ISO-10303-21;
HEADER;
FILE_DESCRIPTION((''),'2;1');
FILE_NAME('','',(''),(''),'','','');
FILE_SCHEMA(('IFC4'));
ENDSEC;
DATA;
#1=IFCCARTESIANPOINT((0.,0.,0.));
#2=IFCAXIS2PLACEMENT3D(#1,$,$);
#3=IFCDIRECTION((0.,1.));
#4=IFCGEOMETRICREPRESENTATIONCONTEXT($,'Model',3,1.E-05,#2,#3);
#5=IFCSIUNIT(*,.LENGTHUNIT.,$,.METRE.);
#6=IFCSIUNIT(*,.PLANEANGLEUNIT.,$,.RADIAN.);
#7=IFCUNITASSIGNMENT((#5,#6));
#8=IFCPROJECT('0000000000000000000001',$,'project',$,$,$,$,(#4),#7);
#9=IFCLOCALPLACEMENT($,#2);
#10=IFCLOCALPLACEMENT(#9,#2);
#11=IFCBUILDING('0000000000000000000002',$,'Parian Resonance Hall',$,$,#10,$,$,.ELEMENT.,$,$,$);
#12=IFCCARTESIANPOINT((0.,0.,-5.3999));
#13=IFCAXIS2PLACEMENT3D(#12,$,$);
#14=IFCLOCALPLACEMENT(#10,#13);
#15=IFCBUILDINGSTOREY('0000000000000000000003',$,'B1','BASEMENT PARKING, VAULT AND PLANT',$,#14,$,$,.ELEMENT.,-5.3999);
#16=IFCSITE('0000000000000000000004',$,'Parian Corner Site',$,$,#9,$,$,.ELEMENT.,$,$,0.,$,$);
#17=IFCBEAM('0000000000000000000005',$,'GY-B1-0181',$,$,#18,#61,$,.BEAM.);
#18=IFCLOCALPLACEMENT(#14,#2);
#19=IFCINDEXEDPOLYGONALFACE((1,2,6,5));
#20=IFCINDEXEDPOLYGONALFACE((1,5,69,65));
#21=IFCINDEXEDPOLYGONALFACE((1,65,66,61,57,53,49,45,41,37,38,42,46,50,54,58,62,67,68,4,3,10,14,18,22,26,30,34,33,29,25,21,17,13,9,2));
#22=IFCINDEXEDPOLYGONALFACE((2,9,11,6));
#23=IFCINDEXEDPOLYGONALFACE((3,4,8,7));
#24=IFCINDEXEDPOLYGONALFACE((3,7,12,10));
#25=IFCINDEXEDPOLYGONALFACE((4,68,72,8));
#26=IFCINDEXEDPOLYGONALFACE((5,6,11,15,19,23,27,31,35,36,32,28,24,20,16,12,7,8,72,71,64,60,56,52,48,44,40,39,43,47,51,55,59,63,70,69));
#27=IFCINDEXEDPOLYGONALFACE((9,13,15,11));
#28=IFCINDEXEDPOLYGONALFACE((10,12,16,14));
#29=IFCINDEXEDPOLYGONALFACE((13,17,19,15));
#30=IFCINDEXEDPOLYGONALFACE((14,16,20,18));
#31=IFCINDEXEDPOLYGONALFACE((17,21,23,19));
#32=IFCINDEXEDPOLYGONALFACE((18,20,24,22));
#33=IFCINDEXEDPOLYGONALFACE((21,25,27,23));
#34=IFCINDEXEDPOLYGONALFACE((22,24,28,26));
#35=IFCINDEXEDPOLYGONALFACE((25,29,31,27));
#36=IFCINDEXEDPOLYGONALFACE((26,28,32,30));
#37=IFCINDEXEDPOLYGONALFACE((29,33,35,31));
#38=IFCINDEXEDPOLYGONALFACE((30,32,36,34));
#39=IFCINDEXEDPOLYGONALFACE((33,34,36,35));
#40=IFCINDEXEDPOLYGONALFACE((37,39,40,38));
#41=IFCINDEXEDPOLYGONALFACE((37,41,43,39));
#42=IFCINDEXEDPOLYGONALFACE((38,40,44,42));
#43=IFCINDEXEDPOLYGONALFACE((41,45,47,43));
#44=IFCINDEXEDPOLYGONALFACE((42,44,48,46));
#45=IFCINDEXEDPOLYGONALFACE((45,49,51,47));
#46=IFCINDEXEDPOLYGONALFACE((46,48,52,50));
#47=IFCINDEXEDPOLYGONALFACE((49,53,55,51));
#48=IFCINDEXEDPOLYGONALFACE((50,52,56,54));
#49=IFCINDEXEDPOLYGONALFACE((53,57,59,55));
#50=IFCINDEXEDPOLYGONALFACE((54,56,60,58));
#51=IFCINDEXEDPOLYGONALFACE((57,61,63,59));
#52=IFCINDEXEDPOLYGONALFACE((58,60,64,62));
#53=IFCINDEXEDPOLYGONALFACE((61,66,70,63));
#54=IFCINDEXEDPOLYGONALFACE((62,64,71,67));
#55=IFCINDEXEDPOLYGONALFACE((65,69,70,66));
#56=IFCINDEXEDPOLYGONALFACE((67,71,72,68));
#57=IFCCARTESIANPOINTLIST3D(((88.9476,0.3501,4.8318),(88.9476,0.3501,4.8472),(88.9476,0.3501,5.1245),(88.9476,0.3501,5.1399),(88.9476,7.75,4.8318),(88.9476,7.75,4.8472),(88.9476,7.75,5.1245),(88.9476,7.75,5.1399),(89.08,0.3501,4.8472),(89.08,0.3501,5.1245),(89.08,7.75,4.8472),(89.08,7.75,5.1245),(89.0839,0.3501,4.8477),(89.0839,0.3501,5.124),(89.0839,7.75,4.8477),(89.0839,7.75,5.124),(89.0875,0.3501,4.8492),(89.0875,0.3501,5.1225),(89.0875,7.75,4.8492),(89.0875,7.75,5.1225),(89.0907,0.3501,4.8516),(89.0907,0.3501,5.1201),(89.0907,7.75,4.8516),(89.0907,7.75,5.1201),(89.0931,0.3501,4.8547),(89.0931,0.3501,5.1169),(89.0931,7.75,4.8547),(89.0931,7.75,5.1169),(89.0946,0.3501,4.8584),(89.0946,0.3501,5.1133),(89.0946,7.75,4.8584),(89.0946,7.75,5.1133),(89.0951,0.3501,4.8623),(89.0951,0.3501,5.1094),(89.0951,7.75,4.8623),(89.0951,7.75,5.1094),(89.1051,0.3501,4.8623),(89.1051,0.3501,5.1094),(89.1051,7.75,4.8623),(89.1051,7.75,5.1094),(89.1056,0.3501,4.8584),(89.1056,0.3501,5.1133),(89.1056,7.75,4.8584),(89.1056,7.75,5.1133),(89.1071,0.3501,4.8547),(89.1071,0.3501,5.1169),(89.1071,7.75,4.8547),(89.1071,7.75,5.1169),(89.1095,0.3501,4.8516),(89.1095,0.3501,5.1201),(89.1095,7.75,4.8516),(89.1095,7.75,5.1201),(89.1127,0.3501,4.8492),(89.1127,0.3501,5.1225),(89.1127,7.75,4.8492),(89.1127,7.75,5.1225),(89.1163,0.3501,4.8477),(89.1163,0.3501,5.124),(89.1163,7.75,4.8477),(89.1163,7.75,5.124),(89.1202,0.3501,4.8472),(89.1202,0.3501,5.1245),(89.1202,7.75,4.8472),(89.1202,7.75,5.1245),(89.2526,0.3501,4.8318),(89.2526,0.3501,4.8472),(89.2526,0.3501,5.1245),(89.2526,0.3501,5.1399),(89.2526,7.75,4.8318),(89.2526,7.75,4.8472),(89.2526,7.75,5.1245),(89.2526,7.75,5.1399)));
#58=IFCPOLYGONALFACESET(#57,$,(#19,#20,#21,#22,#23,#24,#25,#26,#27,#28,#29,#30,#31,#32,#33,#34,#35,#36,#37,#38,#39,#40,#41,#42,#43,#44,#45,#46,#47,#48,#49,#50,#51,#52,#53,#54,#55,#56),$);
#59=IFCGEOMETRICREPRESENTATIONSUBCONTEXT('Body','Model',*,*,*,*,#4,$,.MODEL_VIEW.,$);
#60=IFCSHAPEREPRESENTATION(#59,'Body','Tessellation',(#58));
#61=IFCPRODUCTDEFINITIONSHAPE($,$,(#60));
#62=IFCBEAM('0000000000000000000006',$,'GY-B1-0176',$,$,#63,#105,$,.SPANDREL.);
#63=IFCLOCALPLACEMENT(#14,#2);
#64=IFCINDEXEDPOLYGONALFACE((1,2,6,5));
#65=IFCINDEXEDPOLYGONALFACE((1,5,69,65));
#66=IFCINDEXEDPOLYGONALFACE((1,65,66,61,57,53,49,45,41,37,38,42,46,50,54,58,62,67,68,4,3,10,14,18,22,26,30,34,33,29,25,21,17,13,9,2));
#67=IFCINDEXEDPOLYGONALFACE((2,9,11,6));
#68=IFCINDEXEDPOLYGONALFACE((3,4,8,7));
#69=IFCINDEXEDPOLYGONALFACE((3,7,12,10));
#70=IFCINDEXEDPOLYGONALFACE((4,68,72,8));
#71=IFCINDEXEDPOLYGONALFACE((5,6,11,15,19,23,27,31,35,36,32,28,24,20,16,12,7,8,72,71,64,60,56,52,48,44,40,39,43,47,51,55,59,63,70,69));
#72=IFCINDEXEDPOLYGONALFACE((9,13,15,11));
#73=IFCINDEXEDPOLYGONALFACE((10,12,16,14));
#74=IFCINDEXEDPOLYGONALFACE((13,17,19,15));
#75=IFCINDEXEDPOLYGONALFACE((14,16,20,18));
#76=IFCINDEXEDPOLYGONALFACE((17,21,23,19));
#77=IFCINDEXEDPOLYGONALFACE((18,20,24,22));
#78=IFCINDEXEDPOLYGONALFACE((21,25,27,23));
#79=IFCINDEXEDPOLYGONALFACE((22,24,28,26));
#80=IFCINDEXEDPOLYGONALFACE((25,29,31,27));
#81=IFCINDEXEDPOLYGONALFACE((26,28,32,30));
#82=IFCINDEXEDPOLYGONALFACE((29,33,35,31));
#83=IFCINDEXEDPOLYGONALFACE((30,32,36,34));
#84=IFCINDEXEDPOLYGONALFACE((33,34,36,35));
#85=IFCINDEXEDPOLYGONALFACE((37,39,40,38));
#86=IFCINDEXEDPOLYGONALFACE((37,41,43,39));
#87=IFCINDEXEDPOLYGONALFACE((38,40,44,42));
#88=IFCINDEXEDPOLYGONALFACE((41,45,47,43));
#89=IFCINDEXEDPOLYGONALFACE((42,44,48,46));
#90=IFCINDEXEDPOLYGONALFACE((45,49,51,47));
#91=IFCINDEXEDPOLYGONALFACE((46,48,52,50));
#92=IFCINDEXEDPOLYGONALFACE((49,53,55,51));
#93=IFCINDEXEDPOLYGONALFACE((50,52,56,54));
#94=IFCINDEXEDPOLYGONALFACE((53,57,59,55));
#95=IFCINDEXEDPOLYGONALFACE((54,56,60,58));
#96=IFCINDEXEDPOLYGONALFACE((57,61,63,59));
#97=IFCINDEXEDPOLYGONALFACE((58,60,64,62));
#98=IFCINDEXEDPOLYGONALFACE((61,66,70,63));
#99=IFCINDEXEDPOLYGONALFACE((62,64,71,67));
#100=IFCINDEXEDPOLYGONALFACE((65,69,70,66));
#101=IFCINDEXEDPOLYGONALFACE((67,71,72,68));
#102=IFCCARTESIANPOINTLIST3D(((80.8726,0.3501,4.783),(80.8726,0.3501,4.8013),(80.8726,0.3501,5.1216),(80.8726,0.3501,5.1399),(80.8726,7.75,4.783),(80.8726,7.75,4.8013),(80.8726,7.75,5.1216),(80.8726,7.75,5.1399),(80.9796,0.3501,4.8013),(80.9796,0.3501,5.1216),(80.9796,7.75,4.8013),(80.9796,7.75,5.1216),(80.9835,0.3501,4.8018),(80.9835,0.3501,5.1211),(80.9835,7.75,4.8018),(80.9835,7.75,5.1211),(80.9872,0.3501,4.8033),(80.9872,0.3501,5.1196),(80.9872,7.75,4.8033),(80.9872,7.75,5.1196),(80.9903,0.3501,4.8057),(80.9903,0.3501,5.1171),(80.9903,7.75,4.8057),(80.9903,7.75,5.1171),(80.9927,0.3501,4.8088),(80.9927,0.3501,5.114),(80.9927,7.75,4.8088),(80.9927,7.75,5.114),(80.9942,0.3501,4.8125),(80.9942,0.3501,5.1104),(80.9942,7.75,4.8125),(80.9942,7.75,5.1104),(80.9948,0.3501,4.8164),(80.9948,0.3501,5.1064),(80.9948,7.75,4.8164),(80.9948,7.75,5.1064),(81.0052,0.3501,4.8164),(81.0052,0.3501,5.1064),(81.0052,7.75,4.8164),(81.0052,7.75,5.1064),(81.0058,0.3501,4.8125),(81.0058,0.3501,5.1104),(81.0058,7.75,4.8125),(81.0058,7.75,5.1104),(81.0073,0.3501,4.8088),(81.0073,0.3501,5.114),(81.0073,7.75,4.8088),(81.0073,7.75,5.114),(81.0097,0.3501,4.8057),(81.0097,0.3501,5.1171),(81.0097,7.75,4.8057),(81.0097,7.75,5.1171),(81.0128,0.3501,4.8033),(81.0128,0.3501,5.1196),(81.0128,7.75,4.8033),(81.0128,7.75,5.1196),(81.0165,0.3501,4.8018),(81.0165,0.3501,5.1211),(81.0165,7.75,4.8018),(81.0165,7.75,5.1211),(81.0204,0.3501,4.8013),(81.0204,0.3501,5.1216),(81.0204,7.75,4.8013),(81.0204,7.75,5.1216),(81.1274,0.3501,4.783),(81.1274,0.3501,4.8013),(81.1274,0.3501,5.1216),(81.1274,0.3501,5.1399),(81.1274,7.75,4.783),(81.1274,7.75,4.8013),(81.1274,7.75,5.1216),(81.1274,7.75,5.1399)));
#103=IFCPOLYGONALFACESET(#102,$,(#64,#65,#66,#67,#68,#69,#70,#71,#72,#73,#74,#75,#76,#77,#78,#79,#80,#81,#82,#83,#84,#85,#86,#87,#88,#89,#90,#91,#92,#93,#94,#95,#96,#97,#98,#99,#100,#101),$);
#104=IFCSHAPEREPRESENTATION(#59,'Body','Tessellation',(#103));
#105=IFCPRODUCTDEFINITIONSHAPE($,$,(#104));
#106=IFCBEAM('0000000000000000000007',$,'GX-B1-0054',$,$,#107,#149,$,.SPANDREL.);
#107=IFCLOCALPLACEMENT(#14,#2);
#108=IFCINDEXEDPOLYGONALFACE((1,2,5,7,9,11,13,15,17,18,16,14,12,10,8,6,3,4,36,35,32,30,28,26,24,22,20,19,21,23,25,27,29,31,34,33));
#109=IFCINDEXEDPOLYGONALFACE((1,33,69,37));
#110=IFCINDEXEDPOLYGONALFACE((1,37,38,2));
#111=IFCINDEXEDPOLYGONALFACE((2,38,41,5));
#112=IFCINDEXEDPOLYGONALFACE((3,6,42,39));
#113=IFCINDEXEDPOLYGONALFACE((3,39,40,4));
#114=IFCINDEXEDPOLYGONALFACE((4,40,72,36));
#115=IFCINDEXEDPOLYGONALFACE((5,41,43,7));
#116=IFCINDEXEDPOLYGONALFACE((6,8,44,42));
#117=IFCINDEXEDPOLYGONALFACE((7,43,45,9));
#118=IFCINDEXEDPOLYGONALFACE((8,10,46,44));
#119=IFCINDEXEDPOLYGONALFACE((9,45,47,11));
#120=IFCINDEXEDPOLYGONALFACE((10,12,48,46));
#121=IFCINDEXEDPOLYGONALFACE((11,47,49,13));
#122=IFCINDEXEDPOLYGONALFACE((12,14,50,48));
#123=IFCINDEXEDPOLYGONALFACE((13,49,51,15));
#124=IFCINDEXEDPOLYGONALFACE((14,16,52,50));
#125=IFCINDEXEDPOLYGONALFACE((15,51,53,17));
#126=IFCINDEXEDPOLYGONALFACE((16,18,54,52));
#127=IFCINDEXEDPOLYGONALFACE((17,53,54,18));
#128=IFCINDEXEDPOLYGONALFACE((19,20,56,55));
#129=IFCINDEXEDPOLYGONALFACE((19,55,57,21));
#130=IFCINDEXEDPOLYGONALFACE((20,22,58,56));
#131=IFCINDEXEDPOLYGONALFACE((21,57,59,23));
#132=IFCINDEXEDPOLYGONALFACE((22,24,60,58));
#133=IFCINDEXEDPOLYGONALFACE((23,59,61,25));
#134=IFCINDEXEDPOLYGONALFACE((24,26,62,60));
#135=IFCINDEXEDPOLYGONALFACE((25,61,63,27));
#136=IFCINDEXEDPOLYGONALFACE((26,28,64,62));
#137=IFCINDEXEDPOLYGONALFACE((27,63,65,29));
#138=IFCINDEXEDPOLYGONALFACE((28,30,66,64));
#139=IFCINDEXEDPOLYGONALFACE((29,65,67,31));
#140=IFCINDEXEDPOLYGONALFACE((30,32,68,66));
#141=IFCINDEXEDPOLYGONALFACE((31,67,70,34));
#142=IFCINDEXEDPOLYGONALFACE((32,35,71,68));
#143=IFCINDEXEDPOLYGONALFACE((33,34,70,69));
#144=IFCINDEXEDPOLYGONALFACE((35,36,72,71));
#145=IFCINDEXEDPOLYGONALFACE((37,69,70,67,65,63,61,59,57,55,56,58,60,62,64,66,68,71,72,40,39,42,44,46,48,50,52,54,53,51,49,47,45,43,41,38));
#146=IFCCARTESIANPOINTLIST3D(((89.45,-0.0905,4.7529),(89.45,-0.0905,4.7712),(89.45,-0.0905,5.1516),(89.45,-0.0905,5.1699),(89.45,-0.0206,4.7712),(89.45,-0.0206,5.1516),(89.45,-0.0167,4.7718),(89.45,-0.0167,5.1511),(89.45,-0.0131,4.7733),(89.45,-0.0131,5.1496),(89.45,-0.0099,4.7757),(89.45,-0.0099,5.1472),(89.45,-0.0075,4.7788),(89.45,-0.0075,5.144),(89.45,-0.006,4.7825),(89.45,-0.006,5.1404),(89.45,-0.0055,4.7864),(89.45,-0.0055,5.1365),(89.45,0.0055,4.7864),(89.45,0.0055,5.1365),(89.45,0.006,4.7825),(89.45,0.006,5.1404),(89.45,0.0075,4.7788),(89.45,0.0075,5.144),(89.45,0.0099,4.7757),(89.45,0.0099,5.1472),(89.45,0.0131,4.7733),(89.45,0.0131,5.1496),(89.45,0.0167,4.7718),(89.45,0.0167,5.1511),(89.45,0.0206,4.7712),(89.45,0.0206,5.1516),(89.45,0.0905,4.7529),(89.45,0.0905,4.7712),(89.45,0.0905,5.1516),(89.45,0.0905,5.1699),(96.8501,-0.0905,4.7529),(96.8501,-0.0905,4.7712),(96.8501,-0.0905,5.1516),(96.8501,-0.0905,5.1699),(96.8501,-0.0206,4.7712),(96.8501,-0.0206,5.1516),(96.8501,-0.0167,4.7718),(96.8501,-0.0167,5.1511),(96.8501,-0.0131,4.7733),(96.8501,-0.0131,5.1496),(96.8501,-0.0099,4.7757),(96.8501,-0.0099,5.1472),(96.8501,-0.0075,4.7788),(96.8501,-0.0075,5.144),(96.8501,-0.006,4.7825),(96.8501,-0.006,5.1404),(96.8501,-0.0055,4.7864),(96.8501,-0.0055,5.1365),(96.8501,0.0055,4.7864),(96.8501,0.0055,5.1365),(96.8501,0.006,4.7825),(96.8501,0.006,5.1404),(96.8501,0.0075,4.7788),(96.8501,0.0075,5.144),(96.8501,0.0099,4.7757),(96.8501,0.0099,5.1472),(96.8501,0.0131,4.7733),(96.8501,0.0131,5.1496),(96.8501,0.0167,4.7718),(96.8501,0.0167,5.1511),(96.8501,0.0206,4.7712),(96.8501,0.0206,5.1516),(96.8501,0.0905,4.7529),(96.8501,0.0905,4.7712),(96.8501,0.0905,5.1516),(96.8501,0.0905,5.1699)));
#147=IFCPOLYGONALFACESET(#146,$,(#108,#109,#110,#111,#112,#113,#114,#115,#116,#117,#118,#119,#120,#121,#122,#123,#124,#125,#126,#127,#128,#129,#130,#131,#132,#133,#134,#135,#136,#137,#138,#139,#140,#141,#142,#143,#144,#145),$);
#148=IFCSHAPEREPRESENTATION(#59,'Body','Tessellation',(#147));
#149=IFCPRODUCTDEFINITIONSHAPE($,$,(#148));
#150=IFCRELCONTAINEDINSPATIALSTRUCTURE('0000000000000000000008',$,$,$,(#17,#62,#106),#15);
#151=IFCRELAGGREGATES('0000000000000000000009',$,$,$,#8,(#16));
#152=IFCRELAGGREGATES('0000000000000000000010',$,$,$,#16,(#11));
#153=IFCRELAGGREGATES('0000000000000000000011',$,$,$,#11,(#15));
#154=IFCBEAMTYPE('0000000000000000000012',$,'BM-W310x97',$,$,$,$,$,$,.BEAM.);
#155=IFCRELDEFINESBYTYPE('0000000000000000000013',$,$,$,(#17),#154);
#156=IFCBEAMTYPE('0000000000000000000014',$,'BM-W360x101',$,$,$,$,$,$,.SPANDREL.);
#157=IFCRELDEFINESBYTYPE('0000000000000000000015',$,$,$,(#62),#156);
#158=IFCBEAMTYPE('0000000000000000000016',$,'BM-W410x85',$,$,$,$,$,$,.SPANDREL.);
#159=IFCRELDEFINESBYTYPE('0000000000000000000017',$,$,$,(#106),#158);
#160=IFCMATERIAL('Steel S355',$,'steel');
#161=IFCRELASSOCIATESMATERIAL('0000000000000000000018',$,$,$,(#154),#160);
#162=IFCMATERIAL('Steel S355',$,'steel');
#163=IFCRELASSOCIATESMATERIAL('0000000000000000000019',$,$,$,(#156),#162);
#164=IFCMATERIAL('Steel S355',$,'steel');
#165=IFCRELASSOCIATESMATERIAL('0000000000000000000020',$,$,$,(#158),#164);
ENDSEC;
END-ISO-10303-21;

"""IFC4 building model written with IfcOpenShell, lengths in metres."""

from ifc_helpers import new_model, si_unit, direction, frame, origin, origin_2d, place, context, subcontext, project, spatial, i_section, extrude, material, material_profile, profile_set, type_object, element, save


model = new_model("IFC4")

# Units and contexts
model_context = context("Model", 3, precision=1e-05, world=origin(), true_north=direction((0.0, 1.0)))
body_context = subcontext(model_context, "Body", "Model", "MODEL_VIEW")
ifc_project = project(units=[si_unit("LENGTHUNIT", "METRE"), si_unit("PLANEANGLEUNIT", "RADIAN")], contexts=[model_context])

# Site, building, storey
site_placement = place(None, origin())
site = spatial("IfcSite", under=ifc_project, at=site_placement, Name="Parian Corner Site", CompositionType="ELEMENT", RefElevation=0.0)
building_placement = place(site_placement, origin())
building = spatial("IfcBuilding", under=site, at=building_placement, Name="Parian Resonance Hall", CompositionType="ELEMENT")
storey_placement = place(building_placement, frame((0.0, 0.0, -5.3999)))
storey = spatial("IfcBuildingStorey", under=building, at=storey_placement, Name="B1", Description="BASEMENT PARKING, VAULT AND PLANT", CompositionType="ELEMENT", Elevation=-5.3999)

# Beams
ifc_material_1 = material(Name="Steel S355", Category="steel")
ifc_material_profile_1 = material_profile(ifc_material_1, i_section(OverallWidth=0.3049, OverallDepth=0.3081, WebThickness=0.01, FlangeThickness=0.0154, FilletRadius=0.0151, at=origin_2d()), Name="W310x97")
ifc_profile_set_1 = profile_set([ifc_material_profile_1], Name="Steel S355")
beam_type_1 = type_object("IfcBeamType", Name="BM-W310x97", PredefinedType="BEAM", material=ifc_profile_set_1)
beam_1_placement = place(storey_placement, frame((89.1001, 0.3501, 4.9858), z_axis=(0.0, 1.0, 0.0), x_axis=(-1.0, 0.0, 0.0)))
element("IfcBeam", 1, at=beam_1_placement, inside=storey, type_object=beam_type_1, Name="GY-B1-0181", PredefinedType="BEAM", context=body_context, shape_type="SweptSolid", body=[
    extrude(i_section(OverallWidth=0.3049, OverallDepth=0.3081, WebThickness=0.01, FlangeThickness=0.0154, FilletRadius=0.0151, at=origin_2d()), origin(), (0.0, 0.0, 1.0), 7.3999),
])
ifc_material_2 = material(Name="Steel S355", Category="steel")
ifc_material_profile_2 = material_profile(ifc_material_2, i_section(OverallWidth=0.2549, OverallDepth=0.3569, WebThickness=0.0105, FlangeThickness=0.0183, FilletRadius=0.0151, at=origin_2d()), Name="W360x101")
ifc_profile_set_2 = profile_set([ifc_material_profile_2], Name="Steel S355")
beam_type_2 = type_object("IfcBeamType", Name="BM-W360x101", PredefinedType="SPANDREL", material=ifc_profile_set_2)
beam_2_placement = place(storey_placement, frame((81.0, 0.3501, 4.9614), z_axis=(0.0, 1.0, 0.0), x_axis=(-1.0, 0.0, 0.0)))
element("IfcBeam", 2, at=beam_2_placement, inside=storey, type_object=beam_type_2, Name="GY-B1-0176", PredefinedType="SPANDREL", context=body_context, shape_type="SweptSolid", body=[
    extrude(i_section(OverallWidth=0.2549, OverallDepth=0.3569, WebThickness=0.0105, FlangeThickness=0.0183, FilletRadius=0.0151, at=origin_2d()), origin(), (0.0, 0.0, 1.0), 7.3999),
])
ifc_material_3 = material(Name="Steel S355", Category="steel")
ifc_material_profile_3 = material_profile(ifc_material_3, i_section(OverallWidth=0.1809, OverallDepth=0.417, WebThickness=0.011, FlangeThickness=0.0183, FilletRadius=0.0151, at=origin_2d()), Name="W410x85")
ifc_profile_set_3 = profile_set([ifc_material_profile_3], Name="Steel S355")
beam_type_3 = type_object("IfcBeamType", Name="BM-W410x85", PredefinedType="SPANDREL", material=ifc_profile_set_3)
beam_3_placement = place(storey_placement, frame((89.45, 0.0, 4.9614), z_axis=(1.0, 0.0, 0.0), x_axis=(0.0, 1.0, 0.0)))
element("IfcBeam", 3, at=beam_3_placement, inside=storey, type_object=beam_type_3, Name="GX-B1-0054", PredefinedType="SPANDREL", context=body_context, shape_type="SweptSolid", body=[
    extrude(i_section(OverallWidth=0.1809, OverallDepth=0.417, WebThickness=0.011, FlangeThickness=0.0183, FilletRadius=0.0151, at=origin_2d()), origin(), (0.0, 0.0, 1.0), 7.4001),
])

save(model, "model.ifc")
